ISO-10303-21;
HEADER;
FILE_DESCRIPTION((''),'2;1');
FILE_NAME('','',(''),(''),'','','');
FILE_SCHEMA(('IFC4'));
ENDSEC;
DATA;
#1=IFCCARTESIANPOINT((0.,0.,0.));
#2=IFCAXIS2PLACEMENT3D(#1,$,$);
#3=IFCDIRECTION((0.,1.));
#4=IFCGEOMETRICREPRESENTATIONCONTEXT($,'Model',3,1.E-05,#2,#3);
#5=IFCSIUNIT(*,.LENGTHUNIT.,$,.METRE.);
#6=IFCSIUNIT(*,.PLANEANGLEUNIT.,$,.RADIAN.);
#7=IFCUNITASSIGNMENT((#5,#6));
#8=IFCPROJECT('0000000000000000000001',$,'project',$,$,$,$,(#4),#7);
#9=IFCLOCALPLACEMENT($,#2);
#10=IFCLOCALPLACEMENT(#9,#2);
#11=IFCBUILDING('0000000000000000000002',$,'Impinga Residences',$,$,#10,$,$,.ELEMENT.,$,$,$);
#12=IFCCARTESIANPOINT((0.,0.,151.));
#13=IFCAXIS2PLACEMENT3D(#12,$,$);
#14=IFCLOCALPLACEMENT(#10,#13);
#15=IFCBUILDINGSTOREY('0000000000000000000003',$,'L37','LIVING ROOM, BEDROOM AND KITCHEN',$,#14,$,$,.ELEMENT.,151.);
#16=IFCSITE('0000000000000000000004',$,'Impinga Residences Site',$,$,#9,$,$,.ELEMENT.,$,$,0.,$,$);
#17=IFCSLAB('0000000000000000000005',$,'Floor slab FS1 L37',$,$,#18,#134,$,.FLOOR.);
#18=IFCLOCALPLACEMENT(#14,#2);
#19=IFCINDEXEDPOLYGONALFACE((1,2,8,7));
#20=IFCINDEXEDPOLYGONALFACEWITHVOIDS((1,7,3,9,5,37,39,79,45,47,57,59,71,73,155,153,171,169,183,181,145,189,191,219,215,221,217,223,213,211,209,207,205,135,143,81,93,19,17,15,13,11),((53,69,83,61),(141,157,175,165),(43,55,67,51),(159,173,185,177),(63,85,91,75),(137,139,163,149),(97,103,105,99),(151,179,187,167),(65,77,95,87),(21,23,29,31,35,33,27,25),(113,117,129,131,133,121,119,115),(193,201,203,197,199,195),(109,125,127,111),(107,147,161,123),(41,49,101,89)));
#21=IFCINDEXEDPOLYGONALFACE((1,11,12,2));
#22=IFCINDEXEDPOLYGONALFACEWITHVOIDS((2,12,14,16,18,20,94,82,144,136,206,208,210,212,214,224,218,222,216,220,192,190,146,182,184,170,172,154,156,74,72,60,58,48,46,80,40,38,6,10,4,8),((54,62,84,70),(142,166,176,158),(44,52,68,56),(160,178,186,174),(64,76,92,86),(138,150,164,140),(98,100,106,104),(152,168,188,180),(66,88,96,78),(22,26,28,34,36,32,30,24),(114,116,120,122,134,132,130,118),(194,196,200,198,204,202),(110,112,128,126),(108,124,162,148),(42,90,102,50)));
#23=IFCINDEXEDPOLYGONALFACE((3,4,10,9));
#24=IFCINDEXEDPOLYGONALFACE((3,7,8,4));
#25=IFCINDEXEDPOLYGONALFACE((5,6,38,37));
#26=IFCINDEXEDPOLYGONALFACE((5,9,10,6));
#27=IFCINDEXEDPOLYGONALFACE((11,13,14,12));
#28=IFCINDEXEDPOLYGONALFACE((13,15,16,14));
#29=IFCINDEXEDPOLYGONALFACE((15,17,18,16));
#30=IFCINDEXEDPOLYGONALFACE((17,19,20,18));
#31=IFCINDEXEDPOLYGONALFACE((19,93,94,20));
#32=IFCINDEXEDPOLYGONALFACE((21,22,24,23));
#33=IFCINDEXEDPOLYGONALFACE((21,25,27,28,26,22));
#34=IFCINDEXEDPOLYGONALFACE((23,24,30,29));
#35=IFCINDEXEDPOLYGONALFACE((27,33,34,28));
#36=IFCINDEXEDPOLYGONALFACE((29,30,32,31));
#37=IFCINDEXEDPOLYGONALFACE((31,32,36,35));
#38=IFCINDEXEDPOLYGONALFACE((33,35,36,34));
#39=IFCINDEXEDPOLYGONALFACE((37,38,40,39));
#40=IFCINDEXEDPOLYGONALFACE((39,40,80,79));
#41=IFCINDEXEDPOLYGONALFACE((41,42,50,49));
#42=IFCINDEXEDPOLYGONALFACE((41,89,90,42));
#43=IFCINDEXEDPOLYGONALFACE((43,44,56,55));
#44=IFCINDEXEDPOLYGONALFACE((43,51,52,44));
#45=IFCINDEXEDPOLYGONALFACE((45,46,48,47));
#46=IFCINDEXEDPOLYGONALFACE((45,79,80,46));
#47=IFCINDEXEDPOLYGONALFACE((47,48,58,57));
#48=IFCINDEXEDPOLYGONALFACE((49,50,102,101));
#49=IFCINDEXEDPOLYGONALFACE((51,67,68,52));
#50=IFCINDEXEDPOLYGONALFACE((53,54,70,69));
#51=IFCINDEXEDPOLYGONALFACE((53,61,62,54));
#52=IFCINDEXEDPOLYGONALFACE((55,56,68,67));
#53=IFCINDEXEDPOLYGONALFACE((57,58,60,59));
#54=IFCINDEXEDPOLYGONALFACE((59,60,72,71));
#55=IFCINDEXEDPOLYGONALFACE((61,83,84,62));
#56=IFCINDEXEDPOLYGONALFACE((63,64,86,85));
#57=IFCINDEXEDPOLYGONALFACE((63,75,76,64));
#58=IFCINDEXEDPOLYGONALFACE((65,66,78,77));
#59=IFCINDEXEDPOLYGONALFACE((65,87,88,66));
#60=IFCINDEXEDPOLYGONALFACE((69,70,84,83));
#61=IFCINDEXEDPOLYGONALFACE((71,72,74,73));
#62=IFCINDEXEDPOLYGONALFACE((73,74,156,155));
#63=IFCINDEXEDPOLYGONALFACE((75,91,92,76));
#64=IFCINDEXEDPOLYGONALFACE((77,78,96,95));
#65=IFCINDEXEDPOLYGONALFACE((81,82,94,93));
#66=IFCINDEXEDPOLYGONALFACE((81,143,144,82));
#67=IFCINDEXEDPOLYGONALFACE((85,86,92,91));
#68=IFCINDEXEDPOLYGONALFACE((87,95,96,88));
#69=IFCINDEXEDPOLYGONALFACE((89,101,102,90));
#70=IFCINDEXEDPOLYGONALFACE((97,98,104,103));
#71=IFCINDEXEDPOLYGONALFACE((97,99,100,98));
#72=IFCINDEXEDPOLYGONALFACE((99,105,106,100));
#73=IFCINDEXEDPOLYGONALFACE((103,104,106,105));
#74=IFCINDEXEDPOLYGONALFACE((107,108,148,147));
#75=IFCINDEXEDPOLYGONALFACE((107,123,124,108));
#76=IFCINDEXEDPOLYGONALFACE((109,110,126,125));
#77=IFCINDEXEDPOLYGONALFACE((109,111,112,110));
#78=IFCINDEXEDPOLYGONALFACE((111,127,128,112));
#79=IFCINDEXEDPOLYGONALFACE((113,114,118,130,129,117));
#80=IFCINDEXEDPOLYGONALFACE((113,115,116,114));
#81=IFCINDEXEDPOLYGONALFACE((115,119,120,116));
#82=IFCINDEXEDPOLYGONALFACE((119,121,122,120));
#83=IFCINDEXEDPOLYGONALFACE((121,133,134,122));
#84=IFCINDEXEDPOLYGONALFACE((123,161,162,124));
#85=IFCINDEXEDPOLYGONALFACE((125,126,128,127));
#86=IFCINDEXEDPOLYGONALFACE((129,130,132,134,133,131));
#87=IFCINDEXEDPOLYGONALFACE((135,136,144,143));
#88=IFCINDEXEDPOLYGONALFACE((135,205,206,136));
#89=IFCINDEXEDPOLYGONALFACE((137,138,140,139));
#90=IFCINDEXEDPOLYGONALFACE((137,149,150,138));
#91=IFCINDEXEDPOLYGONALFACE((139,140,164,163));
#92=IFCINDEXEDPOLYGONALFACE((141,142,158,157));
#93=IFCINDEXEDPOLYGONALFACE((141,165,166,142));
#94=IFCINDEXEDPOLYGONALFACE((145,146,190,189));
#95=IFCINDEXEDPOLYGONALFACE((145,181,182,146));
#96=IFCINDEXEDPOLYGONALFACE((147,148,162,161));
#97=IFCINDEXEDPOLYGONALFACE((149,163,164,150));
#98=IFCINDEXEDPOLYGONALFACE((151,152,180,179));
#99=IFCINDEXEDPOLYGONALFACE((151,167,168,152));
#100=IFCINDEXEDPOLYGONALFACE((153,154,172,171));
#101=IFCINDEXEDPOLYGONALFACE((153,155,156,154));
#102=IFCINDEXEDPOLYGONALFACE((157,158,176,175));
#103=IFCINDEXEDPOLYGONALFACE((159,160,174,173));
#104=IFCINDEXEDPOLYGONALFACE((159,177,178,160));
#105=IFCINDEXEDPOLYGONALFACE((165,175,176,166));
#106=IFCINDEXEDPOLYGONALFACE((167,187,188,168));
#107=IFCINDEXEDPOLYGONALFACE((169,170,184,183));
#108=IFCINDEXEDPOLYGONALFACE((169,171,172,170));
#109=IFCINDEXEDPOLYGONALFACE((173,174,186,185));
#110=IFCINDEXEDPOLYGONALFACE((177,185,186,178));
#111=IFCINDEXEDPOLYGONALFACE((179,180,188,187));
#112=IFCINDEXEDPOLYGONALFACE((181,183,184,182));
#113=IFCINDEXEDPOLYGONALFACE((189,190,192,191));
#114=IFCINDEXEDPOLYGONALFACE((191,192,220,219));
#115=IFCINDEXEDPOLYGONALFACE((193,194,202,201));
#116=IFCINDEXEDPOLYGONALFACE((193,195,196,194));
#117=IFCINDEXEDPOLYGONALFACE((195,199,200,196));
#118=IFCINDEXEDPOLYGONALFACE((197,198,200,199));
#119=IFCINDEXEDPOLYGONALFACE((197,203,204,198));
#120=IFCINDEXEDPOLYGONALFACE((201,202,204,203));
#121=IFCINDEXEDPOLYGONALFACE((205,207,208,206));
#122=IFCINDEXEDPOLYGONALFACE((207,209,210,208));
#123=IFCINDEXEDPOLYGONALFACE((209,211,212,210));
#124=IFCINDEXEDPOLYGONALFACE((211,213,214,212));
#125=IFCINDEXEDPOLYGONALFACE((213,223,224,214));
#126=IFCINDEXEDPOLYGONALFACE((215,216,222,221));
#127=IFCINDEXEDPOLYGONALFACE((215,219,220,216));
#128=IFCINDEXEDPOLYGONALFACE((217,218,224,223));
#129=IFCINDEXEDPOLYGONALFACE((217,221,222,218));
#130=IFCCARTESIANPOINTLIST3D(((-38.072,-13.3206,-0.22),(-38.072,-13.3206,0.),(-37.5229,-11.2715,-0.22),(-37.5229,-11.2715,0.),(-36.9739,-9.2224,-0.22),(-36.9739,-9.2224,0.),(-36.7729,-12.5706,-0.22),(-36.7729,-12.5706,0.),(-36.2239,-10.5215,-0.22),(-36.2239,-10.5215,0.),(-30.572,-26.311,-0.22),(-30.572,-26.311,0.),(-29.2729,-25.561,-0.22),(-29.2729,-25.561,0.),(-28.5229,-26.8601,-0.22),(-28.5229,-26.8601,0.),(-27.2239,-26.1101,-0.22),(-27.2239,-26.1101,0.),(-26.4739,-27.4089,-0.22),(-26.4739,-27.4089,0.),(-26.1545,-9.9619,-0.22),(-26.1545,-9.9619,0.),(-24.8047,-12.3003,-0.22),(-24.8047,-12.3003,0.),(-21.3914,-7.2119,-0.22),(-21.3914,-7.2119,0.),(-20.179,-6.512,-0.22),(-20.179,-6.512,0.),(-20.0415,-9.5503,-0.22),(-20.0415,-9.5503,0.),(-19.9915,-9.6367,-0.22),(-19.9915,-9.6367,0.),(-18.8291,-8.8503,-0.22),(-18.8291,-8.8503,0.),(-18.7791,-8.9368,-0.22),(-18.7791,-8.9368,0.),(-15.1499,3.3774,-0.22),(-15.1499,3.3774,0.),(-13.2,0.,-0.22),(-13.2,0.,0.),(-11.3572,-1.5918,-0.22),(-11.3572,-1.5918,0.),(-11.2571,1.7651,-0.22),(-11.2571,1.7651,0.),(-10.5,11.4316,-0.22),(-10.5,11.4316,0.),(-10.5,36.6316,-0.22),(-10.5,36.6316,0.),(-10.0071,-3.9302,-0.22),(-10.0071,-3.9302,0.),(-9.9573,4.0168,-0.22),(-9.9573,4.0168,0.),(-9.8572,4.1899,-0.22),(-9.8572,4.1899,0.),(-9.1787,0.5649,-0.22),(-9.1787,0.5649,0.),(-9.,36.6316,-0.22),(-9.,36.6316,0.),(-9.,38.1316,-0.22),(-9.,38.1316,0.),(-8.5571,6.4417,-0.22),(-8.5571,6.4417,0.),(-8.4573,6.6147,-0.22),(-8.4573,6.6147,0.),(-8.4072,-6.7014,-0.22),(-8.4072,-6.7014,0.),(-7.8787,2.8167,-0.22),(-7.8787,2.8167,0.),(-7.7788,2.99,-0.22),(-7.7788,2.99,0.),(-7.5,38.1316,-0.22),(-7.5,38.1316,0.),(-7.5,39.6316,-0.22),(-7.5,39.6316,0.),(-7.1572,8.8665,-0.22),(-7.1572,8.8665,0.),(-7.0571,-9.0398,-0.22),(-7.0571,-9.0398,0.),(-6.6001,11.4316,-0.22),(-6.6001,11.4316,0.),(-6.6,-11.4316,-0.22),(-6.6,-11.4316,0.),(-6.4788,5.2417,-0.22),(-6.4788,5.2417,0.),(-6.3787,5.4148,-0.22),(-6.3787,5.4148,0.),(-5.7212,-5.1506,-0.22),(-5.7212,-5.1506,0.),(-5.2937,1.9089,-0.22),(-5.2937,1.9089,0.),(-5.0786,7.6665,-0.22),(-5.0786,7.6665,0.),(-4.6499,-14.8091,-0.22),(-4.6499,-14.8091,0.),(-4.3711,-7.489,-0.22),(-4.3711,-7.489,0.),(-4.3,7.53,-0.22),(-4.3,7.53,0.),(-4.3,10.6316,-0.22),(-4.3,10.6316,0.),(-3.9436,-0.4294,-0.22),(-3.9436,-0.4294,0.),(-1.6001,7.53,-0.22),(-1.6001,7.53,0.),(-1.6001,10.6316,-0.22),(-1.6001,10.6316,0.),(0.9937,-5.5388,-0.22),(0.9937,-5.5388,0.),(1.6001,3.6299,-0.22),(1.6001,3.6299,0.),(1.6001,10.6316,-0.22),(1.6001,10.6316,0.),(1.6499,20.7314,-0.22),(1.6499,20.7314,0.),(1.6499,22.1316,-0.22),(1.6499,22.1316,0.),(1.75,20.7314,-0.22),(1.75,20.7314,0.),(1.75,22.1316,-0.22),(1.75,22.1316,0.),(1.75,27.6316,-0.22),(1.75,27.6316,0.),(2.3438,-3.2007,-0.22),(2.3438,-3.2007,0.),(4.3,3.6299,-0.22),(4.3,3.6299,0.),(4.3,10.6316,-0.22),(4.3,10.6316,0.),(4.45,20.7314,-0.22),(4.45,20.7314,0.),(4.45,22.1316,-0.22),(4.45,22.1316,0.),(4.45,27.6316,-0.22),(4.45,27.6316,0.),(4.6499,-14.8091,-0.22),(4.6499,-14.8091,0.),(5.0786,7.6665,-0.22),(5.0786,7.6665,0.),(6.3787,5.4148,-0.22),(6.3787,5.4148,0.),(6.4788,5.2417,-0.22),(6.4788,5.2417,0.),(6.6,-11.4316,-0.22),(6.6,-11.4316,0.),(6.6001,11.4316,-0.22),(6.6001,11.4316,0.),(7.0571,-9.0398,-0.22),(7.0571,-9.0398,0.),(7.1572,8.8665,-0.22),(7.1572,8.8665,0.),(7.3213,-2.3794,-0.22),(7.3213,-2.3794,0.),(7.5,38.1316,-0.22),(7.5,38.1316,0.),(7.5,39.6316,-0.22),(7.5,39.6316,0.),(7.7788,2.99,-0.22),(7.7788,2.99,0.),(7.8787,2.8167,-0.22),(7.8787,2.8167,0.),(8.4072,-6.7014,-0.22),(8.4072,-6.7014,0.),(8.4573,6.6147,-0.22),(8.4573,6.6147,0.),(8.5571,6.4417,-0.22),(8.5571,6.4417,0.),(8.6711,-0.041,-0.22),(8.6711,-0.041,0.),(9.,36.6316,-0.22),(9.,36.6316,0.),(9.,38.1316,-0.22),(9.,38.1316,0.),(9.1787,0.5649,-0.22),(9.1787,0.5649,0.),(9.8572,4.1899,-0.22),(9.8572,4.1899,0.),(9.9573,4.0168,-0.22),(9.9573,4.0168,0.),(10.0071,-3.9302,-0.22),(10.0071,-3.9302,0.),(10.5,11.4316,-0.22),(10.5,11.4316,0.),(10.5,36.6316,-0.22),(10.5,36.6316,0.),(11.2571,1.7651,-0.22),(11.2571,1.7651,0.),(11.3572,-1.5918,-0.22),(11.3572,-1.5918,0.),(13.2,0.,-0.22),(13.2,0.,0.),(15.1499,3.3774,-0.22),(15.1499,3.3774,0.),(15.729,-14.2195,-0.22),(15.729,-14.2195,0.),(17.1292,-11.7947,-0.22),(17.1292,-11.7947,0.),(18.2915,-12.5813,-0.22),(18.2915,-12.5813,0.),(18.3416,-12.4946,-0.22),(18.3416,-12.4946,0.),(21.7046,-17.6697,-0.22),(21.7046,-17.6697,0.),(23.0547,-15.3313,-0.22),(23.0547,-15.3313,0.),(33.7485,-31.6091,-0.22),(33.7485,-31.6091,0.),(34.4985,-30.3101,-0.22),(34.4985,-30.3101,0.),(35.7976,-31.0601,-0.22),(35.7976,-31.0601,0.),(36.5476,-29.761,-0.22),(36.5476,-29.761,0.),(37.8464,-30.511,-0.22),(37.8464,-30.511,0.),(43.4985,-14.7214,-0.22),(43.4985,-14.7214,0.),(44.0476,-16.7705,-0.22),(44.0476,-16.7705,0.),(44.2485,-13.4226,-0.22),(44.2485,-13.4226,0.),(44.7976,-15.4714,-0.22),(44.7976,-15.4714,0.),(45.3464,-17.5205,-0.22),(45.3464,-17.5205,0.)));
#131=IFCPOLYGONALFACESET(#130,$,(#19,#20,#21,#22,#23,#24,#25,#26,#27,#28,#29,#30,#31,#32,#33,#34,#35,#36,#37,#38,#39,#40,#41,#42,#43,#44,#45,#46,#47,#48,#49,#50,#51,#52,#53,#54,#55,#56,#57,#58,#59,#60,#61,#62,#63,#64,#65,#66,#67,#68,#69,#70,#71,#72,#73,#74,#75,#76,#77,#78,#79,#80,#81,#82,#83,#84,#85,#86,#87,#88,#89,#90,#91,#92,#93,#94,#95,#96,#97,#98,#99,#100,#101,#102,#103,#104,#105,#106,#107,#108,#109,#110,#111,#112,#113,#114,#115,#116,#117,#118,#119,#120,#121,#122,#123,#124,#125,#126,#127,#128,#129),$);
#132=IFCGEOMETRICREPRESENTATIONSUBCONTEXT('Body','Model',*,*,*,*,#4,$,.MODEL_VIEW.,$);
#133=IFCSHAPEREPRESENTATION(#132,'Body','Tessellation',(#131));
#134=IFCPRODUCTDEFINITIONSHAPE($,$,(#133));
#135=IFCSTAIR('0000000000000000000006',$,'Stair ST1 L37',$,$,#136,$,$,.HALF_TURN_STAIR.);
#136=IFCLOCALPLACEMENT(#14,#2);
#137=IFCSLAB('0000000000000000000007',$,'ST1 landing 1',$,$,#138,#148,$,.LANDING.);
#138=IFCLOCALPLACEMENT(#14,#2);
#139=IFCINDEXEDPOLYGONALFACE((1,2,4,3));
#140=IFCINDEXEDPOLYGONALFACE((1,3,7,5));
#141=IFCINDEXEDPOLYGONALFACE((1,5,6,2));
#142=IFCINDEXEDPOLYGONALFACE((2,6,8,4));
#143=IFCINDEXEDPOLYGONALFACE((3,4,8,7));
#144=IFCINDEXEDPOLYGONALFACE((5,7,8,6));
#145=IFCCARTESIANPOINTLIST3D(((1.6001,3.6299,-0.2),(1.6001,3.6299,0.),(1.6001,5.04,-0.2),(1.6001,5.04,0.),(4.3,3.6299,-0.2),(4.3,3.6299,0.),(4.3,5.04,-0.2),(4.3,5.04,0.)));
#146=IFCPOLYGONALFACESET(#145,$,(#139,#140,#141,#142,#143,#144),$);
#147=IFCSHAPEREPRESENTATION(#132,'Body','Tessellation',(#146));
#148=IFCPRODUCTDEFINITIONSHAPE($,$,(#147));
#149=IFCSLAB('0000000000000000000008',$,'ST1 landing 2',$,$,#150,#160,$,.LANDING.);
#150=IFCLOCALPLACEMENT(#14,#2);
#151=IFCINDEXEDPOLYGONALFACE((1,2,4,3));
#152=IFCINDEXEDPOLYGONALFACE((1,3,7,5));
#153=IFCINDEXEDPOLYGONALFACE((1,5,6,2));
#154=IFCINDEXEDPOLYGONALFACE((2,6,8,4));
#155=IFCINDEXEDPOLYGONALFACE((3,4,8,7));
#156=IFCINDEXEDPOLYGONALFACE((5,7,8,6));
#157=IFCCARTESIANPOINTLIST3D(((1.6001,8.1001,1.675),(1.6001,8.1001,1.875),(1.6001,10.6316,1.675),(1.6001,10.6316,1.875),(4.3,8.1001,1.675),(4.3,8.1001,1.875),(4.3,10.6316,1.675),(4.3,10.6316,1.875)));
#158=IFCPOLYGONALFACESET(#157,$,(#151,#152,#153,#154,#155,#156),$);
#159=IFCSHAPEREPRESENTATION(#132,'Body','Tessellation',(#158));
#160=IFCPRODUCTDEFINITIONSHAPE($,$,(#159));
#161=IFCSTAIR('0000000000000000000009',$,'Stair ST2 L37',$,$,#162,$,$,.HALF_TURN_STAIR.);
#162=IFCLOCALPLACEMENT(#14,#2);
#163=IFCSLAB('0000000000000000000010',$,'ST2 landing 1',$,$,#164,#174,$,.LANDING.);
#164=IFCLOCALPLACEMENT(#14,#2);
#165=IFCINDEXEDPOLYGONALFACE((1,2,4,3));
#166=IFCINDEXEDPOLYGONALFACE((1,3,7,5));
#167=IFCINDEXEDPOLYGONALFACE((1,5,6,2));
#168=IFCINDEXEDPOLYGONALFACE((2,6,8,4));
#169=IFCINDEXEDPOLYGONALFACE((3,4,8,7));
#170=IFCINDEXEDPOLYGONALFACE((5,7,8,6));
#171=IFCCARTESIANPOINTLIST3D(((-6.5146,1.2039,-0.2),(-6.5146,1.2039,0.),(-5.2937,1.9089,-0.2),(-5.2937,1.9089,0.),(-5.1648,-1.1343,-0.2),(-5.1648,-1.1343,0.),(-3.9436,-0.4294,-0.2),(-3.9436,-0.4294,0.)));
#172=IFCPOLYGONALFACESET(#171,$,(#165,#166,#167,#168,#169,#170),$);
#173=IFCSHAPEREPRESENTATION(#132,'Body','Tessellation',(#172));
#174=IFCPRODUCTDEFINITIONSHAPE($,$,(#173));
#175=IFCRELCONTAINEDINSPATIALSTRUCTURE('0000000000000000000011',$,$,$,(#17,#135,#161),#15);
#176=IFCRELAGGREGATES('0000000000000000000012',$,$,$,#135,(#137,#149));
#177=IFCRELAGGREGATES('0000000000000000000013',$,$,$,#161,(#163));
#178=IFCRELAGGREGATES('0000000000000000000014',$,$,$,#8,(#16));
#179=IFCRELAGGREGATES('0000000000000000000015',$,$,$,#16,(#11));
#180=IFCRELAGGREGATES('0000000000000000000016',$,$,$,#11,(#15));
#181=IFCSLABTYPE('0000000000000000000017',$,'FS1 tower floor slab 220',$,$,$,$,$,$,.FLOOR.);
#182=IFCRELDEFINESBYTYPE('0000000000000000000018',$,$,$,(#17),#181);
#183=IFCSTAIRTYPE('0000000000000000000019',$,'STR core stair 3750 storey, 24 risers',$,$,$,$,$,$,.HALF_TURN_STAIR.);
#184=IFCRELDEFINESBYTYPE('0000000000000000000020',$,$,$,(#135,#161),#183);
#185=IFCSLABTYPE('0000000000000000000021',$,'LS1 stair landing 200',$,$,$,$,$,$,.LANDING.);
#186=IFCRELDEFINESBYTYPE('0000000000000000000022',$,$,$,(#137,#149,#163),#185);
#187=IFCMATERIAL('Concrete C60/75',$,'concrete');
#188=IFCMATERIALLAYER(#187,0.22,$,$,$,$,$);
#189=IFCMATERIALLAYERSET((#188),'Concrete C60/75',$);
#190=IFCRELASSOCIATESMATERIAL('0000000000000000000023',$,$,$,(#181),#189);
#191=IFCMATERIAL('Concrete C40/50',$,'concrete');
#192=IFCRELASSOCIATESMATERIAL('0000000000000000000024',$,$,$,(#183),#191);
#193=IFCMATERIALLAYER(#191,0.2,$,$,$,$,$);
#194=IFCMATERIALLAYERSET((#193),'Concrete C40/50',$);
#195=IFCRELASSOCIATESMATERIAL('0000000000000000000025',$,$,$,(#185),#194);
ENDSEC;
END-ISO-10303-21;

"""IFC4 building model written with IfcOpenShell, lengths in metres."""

from ifc_helpers import new_model, si_unit, direction, frame, origin, place, context, subcontext, project, spatial, polyline, outline, extrude, material, layer, layer_set, type_object, element, aggregate, save


model = new_model("IFC4")

# Units and contexts
model_context = context("Model", 3, precision=1e-05, world=origin(), true_north=direction((0.0, 1.0)))
body_context = subcontext(model_context, "Body", "Model", "MODEL_VIEW")
ifc_project = project(units=[si_unit("LENGTHUNIT", "METRE"), si_unit("PLANEANGLEUNIT", "RADIAN")], contexts=[model_context])

# Site, building, storey
site_placement = place(None, origin())
site = spatial("IfcSite", under=ifc_project, at=site_placement, Name="Impinga Residences Site", CompositionType="ELEMENT", RefElevation=0.0)
building_placement = place(site_placement, origin())
building = spatial("IfcBuilding", under=site, at=building_placement, Name="Impinga Residences", CompositionType="ELEMENT")
storey_placement = place(building_placement, frame((0.0, 0.0, 151.0)))
storey = spatial("IfcBuildingStorey", under=building, at=storey_placement, Name="L37", Description="LIVING ROOM, BEDROOM AND KITCHEN", CompositionType="ELEMENT", Elevation=151.0)

# Slab
ifc_material_1 = material(Name="Concrete C60/75", Category="concrete")
ifc_layer_1 = layer(ifc_material_1, 0.22)
ifc_layer_set_1 = layer_set([ifc_layer_1], Name="Concrete C60/75")
slab_type_1 = type_object("IfcSlabType", Name="FS1 tower floor slab 220", PredefinedType="FLOOR", material=ifc_layer_set_1)
slab_1_placement = place(storey_placement, frame((0.0, 0.0, -0.22)))
element("IfcSlab", 1, at=slab_1_placement, inside=storey, type_object=slab_type_1, Name="Floor slab FS1 L37", PredefinedType="FLOOR", context=body_context, shape_type="SweptSolid", body=[
    extrude(outline(polyline([(43.4985, -14.7214), (44.7976, -15.4714), (44.0476, -16.7705), (45.3464, -17.5205), (37.8464, -30.511), (36.5476, -29.761), (35.7976, -31.0601), (34.4985, -30.3101), (33.7485, -31.6091), (4.6499, -14.8091), (9.9001, -5.7158), (6.6001, -11.4316), (-6.6001, -11.4316), (-9.9001, -5.7158), (-4.6499, -14.8091), (-26.4739, -27.4089), (-27.2239, -26.1101), (-28.5229, -26.8601), (-29.2729, -25.561), (-30.572, -26.311), (-38.072, -13.3206), (-36.7729, -12.5706), (-37.5229, -11.2715), (-36.2239, -10.5215), (-36.9739, -9.2224), (-15.1499, 3.3774), (-13.2, 0.0), (-6.6001, 11.4316), (-10.5, 11.4316), (-10.5, 36.6316), (-9.0, 36.6316), (-9.0, 38.1316), (-7.5, 38.1316), (-7.5, 39.6316), (7.5, 39.6316), (7.5, 38.1316), (9.0, 38.1316), (9.0, 36.6316), (10.5, 36.6316), (10.5, 11.4316), (6.6001, 11.4316), (13.2, 0.0), (15.1499, 3.3774), (44.2485, -13.4226), (43.4985, -14.7214)]), holes=[polyline([(-18.7791, -8.9368), (-18.8291, -8.8503), (-18.8291, -8.8503), (-20.179, -6.512), (-21.3914, -7.2119), (-21.3914, -7.2119), (-26.1545, -9.9619), (-24.8047, -12.3003), (-20.0415, -9.5503), (-19.9915, -9.6367), (-18.7791, -8.9368)]), polyline([(-4.3711, -7.489), (-5.7212, -5.1506), (-8.4072, -6.7014), (-7.0571, -9.0398), (-4.3711, -7.489)]), polyline([(-3.9436, -0.4294), (-5.2937, 1.9089), (-11.3572, -1.5918), (-10.0071, -3.9302), (-3.9436, -0.4294)]), polyline([(-7.8787, 2.8167), (-9.9573, 4.0168), (-11.2571, 1.7651), (-9.1787, 0.5649), (-7.8787, 2.8167)]), polyline([(-6.4788, 5.2417), (-8.5571, 6.4417), (-9.8572, 4.1899), (-7.7788, 2.99), (-6.4788, 5.2417)]), polyline([(4.3, 3.6299), (4.3, 10.6316), (1.6001, 10.6316), (1.6001, 3.6299), (4.3, 3.6299)]), polyline([(-6.3787, 5.4148), (-5.0786, 7.6665), (-7.1572, 8.8665), (-8.4573, 6.6147), (-6.3787, 5.4148)]), polyline([(-4.3, 7.53), (-1.6001, 7.53), (-1.6001, 10.6316), (-4.3, 10.6316), (-4.3, 7.53)]), polyline([(4.45, 20.7314), (4.45, 22.1316), (4.45, 27.6316), (1.75, 27.6316), (1.75, 22.1316), (1.6499, 22.1316), (1.6499, 20.7314), (1.75, 20.7314), (4.45, 20.7314)]), polyline([(15.729, -14.2195), (21.7046, -17.6697), (23.0547, -15.3313), (18.2915, -12.5813), (18.3416, -12.4946), (17.1292, -11.7947), (15.729, -14.2195)]), polyline([(2.3438, -3.2007), (0.9937, -5.5388), (7.0571, -9.0398), (8.4072, -6.7014), (2.3438, -3.2007)]), polyline([(7.3213, -2.3794), (10.0071, -3.9302), (11.3572, -1.5918), (8.6711, -0.041), (7.3213, -2.3794)]), polyline([(7.8787, 2.8167), (9.1787, 0.5649), (11.2571, 1.7651), (9.9573, 4.0168), (7.8787, 2.8167)]), polyline([(6.4788, 5.2417), (7.7788, 2.99), (9.8572, 4.1899), (8.5571, 6.4417), (6.4788, 5.2417)]), polyline([(6.3787, 5.4148), (8.4573, 6.6147), (7.1572, 8.8665), (5.0786, 7.6665), (6.3787, 5.4148)])]), origin(), (0.0, 0.0, 1.0), 0.22),
])

# Stairs, slabs
ifc_material_2 = material(Name="Concrete C40/50", Category="concrete")
stair_type_1 = type_object("IfcStairType", Name="STR core stair 3750 storey, 24 risers", PredefinedType="HALF_TURN_STAIR", material=ifc_material_2)
stair_1_placement = place(storey_placement, origin())
stair_1 = element("IfcStair", 2, at=stair_1_placement, inside=storey, type_object=stair_type_1, Name="Stair ST1 L37", PredefinedType="HALF_TURN_STAIR")
ifc_layer_2 = layer(ifc_material_2, 0.2)
ifc_layer_set_2 = layer_set([ifc_layer_2], Name="Concrete C40/50")
slab_type_2 = type_object("IfcSlabType", Name="LS1 stair landing 200", PredefinedType="LANDING", material=ifc_layer_set_2)
slab_2_placement = place(storey_placement, frame((0.0, 0.0, -0.2)))
slab_2 = element("IfcSlab", 3, at=slab_2_placement, type_object=slab_type_2, Name="ST1 landing 1", PredefinedType="LANDING", context=body_context, shape_type="SweptSolid", body=[
    extrude(outline(polyline([(1.6001, 3.6299), (4.3, 3.6299), (4.3, 5.04), (1.6001, 5.04), (1.6001, 3.6299)])), origin(), (0.0, 0.0, 1.0), 0.2),
])
slab_3_placement = place(storey_placement, frame((0.0, 0.0, 1.675)))
slab_3 = element("IfcSlab", 4, at=slab_3_placement, type_object=slab_type_2, Name="ST1 landing 2", PredefinedType="LANDING", context=body_context, shape_type="SweptSolid", body=[
    extrude(outline(polyline([(1.6001, 8.1001), (4.3, 8.1001), (4.3, 10.6316), (1.6001, 10.6316), (1.6001, 8.1001)])), origin(), (0.0, 0.0, 1.0), 0.2),
])
aggregate(stair_1, [slab_2, slab_3])
stair_2_placement = place(storey_placement, origin())
stair_2 = element("IfcStair", 5, at=stair_2_placement, inside=storey, type_object=stair_type_1, Name="Stair ST2 L37", PredefinedType="HALF_TURN_STAIR")
slab_4_placement = place(storey_placement, frame((0.0, 0.0, -0.2)))
slab_4 = element("IfcSlab", 6, at=slab_4_placement, type_object=slab_type_2, Name="ST2 landing 1", PredefinedType="LANDING", context=body_context, shape_type="SweptSolid", body=[
    extrude(outline(polyline([(-3.9436, -0.4294), (-5.2937, 1.9089), (-6.5146, 1.2039), (-5.1648, -1.1343), (-3.9436, -0.4294)])), origin(), (0.0, 0.0, 1.0), 0.2),
])
aggregate(stair_2, [slab_4])

save(model, "model.ifc")
